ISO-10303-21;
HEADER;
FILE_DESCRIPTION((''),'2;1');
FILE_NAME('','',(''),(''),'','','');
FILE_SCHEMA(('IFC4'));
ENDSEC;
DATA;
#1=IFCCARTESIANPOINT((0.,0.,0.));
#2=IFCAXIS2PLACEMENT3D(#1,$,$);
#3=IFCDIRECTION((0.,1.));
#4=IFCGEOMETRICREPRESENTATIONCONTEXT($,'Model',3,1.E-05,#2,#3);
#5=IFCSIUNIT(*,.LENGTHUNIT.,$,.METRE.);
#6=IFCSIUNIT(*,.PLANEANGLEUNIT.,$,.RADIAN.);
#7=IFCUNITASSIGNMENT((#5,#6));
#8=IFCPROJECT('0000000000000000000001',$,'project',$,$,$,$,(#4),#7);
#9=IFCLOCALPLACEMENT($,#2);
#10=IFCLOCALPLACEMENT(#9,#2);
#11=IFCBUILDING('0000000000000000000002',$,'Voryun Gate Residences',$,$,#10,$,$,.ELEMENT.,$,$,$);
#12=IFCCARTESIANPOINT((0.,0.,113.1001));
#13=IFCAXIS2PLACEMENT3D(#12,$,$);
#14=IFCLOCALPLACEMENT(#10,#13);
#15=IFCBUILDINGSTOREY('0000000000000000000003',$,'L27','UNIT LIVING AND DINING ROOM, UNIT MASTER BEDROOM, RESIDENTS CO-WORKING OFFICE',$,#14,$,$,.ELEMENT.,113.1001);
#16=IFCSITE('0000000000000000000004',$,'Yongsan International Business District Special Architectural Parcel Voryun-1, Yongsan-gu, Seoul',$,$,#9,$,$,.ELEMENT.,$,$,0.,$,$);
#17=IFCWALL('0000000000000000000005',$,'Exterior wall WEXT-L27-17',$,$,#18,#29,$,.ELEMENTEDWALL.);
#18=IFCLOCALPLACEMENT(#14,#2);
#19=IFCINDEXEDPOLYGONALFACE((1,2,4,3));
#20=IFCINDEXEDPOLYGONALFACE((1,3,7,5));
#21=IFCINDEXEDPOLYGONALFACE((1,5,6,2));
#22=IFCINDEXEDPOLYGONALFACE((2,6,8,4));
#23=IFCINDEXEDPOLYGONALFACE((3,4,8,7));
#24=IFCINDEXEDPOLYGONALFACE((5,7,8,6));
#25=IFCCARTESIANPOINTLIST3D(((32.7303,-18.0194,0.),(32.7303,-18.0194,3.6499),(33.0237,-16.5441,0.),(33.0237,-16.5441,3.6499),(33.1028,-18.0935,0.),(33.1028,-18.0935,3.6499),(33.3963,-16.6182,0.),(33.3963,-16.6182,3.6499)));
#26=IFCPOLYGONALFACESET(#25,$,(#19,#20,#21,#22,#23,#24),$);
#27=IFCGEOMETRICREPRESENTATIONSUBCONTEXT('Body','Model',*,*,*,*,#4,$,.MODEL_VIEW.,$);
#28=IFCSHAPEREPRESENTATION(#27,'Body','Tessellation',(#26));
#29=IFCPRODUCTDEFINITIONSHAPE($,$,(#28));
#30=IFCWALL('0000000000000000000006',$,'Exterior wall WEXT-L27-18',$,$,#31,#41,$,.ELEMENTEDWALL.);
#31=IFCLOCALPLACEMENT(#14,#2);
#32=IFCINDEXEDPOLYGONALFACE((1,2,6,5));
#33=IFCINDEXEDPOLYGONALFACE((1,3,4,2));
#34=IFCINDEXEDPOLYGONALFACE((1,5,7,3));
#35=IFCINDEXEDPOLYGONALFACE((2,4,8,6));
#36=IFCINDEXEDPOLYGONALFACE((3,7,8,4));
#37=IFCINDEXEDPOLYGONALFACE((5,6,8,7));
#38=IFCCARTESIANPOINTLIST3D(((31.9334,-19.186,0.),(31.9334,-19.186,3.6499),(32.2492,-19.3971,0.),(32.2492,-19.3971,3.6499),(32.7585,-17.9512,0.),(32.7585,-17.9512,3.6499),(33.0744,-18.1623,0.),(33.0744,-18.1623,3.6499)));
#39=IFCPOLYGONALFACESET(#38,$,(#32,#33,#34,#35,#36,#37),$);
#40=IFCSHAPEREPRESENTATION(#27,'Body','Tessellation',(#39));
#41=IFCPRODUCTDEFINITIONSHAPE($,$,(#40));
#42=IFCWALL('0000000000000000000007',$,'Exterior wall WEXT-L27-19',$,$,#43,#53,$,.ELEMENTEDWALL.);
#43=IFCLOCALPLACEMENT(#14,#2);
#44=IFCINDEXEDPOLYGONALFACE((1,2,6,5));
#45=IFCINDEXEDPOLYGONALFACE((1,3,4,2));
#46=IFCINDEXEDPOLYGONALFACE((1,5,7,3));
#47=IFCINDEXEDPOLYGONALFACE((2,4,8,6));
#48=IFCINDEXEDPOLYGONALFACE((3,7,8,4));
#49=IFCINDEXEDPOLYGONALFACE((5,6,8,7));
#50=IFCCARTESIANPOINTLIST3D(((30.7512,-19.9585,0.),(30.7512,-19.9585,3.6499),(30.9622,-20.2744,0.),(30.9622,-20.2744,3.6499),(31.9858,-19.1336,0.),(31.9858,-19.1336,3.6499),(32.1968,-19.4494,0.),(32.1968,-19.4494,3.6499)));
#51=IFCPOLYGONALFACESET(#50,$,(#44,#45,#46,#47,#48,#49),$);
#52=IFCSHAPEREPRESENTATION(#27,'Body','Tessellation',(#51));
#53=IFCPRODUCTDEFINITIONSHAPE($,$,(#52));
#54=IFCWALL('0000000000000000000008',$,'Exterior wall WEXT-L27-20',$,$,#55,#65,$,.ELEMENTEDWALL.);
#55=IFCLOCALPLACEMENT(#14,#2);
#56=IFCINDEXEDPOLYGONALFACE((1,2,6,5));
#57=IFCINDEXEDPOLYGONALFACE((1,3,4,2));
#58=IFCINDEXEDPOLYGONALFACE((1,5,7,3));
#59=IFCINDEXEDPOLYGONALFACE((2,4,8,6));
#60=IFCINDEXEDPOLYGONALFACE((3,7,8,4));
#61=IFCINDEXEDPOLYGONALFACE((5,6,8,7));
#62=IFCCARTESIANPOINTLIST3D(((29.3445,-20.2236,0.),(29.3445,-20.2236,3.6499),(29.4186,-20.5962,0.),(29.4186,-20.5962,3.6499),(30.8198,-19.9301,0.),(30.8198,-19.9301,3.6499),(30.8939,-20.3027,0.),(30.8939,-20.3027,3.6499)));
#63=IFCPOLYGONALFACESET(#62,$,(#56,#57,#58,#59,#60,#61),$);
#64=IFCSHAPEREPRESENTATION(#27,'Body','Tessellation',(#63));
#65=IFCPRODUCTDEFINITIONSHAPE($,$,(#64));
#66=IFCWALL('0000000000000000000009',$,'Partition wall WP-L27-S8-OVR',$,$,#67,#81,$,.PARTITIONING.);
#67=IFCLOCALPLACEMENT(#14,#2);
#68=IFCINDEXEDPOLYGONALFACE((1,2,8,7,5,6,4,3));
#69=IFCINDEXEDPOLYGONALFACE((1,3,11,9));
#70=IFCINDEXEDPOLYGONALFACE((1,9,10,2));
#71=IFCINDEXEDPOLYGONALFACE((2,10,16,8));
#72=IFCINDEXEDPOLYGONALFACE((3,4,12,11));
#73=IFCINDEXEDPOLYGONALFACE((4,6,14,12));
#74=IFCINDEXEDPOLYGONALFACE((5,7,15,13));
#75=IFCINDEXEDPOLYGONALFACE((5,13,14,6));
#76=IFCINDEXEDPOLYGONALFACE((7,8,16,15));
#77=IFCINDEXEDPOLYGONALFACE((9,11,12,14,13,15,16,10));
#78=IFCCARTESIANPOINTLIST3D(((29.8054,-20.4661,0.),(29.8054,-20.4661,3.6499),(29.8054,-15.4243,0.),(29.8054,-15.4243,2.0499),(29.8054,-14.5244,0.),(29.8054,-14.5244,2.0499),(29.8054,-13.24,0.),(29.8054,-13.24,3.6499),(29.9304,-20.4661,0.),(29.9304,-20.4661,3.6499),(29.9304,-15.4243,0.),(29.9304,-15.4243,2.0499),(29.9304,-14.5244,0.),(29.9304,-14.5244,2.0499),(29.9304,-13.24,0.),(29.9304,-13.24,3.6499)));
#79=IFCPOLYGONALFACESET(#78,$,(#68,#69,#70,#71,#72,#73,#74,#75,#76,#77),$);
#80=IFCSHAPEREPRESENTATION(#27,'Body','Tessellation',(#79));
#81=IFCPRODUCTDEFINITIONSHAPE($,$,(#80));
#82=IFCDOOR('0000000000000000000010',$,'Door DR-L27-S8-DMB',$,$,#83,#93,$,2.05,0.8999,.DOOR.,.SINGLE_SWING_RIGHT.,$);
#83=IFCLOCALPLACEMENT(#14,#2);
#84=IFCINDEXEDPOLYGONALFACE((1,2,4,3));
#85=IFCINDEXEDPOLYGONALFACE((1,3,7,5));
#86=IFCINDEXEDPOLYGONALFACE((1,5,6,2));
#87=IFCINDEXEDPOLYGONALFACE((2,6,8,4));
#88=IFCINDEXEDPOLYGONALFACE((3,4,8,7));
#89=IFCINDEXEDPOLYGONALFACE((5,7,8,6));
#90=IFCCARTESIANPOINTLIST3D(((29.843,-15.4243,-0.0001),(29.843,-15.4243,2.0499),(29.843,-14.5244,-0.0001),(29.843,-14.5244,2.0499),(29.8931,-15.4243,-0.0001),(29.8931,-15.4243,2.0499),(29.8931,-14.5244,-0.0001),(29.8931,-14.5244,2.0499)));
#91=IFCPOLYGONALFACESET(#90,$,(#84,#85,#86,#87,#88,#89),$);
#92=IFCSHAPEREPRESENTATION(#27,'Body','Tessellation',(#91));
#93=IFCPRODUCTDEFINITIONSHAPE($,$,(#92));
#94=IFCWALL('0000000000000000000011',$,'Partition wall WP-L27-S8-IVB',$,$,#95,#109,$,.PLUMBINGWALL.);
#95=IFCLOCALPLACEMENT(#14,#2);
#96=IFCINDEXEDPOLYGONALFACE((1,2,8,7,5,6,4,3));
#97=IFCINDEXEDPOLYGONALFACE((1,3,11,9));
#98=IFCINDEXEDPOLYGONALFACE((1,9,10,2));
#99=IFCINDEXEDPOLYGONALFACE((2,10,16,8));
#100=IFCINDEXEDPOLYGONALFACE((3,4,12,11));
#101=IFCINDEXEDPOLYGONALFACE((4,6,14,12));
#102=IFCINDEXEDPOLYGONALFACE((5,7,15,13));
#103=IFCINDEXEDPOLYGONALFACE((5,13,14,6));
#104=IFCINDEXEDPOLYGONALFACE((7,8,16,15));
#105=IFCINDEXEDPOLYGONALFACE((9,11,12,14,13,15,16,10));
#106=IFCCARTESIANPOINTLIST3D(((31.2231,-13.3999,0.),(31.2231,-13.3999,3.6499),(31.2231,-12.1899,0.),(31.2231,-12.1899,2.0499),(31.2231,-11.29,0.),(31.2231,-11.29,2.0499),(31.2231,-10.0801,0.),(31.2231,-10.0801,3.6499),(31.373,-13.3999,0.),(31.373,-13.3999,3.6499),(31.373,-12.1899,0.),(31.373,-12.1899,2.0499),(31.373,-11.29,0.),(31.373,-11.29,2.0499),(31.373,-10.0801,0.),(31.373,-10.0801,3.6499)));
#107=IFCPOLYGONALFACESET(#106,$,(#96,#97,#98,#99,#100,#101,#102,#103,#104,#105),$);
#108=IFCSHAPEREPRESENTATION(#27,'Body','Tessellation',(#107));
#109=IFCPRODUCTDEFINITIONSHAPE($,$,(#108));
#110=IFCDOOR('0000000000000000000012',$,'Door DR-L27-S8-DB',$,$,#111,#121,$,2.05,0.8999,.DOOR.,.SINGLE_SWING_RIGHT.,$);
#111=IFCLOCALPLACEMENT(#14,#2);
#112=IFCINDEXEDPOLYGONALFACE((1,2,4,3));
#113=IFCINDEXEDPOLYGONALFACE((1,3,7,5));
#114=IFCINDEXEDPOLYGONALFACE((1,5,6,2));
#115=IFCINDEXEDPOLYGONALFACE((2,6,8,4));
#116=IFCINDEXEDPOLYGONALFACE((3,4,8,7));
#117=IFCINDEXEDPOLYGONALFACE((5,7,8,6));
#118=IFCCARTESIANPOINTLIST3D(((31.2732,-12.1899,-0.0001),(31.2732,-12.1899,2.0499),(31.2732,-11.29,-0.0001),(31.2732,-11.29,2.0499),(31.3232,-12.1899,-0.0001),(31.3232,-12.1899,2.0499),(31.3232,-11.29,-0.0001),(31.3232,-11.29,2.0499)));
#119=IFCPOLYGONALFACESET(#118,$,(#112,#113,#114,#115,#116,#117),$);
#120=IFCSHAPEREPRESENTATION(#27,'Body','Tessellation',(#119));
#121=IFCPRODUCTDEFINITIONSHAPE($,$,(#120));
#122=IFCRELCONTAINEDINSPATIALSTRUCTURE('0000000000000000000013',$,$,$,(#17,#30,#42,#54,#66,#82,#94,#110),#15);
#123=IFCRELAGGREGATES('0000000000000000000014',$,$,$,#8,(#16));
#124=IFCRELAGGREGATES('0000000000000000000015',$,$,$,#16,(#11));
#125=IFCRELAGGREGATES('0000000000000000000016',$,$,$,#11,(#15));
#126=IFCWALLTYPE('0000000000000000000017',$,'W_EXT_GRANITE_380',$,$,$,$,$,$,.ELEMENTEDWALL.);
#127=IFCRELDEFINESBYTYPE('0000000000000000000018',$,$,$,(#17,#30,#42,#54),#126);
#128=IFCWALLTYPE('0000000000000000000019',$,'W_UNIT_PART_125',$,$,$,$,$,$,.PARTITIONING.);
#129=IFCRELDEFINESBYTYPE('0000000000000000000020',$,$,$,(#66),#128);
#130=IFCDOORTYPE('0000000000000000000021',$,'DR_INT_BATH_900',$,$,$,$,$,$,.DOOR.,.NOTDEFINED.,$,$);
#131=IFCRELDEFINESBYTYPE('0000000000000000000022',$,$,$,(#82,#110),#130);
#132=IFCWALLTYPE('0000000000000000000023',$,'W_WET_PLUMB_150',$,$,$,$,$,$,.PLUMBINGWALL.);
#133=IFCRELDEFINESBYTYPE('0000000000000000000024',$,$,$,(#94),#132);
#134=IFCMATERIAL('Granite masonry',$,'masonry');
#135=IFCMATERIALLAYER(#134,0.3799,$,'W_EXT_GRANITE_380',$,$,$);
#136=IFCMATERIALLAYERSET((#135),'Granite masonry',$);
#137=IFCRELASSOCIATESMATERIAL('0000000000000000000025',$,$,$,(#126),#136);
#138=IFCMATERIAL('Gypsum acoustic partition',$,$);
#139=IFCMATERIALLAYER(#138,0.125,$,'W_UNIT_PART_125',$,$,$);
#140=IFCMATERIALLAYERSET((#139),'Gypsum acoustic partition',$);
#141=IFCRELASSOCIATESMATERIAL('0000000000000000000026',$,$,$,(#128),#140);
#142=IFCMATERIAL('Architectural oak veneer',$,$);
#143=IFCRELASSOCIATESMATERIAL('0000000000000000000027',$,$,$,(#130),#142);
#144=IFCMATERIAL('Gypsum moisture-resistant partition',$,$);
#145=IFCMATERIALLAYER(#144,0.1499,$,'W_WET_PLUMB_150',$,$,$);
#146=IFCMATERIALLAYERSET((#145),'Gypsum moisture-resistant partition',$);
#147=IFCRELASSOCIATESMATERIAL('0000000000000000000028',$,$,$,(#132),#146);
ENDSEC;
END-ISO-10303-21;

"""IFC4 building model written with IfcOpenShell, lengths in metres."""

from ifc_helpers import new_model, si_unit, direction, frame, frame_2d, origin, place, context, subcontext, project, spatial, rectangle, extrude, material, layer, layer_set, type_object, element, fill, save


model = new_model("IFC4")

# Units and contexts
model_context = context("Model", 3, precision=1e-05, world=origin(), true_north=direction((0.0, 1.0)))
body_context = subcontext(model_context, "Body", "Model", "MODEL_VIEW")
ifc_project = project(units=[si_unit("LENGTHUNIT", "METRE"), si_unit("PLANEANGLEUNIT", "RADIAN")], contexts=[model_context])

# Site, building, storey
site_placement = place(None, origin())
site = spatial("IfcSite", under=ifc_project, at=site_placement, Name="Yongsan International Business District Special Architectural Parcel Voryun-1, Yongsan-gu, Seoul", CompositionType="ELEMENT", RefElevation=0.0)
building_placement = place(site_placement, origin())
building = spatial("IfcBuilding", under=site, at=building_placement, Name="Voryun Gate Residences", CompositionType="ELEMENT")
storey_placement = place(building_placement, frame((0.0, 0.0, 113.1001)))
storey = spatial("IfcBuildingStorey", under=building, at=storey_placement, Name="L27", Description="UNIT LIVING AND DINING ROOM, UNIT MASTER BEDROOM, RESIDENTS CO-WORKING OFFICE", CompositionType="ELEMENT", Elevation=113.1001)

# Walls
ifc_material_1 = material(Name="Granite masonry", Category="masonry")
ifc_layer_1 = layer(ifc_material_1, 0.3799, Name="W_EXT_GRANITE_380")
ifc_layer_set_1 = layer_set([ifc_layer_1], Name="Granite masonry")
wall_type_1 = type_object("IfcWallType", Name="W_EXT_GRANITE_380", PredefinedType="ELEMENTEDWALL", material=ifc_layer_set_1)
wall_1_placement = place(storey_placement, frame((33.21, -16.5813, 0.0), z_axis=(0.0, 0.0, 1.0), x_axis=(-0.195086, -0.980786, 0.0)))
element("IfcWall", 1, at=wall_1_placement, inside=storey, type_object=wall_type_1, Name="Exterior wall WEXT-L27-17", PredefinedType="ELEMENTEDWALL", context=body_context, shape_type="SweptSolid", body=[
    extrude(rectangle(XDim=1.5042, YDim=0.3799, at=frame_2d((0.752, 0.0))), origin(), (0.0, 0.0, 1.0), 3.6499),
])
wall_2_placement = place(storey_placement, frame((32.9165, -18.0566, 0.0), z_axis=(0.0, 0.0, 1.0), x_axis=(-0.55561, -0.831443, 0.0)))
element("IfcWall", 2, at=wall_2_placement, inside=storey, type_object=wall_type_1, Name="Exterior wall WEXT-L27-18", PredefinedType="ELEMENTEDWALL", context=body_context, shape_type="SweptSolid", body=[
    extrude(rectangle(XDim=1.4851, YDim=0.3799, at=frame_2d((0.7427, 0.0))), origin(), (0.0, 0.0, 1.0), 3.6499),
])
wall_3_placement = place(storey_placement, frame((32.0913, -19.2915, 0.0), z_axis=(0.0, 0.0, 1.0), x_axis=(-0.831468, -0.555573, 0.0)))
element("IfcWall", 3, at=wall_3_placement, inside=storey, type_object=wall_type_1, Name="Exterior wall WEXT-L27-19", PredefinedType="ELEMENTEDWALL", context=body_context, shape_type="SweptSolid", body=[
    extrude(rectangle(XDim=1.4849, YDim=0.3799, at=frame_2d((0.7424, 0.0))), origin(), (0.0, 0.0, 1.0), 3.6499),
])
wall_4_placement = place(storey_placement, frame((30.8567, -20.1165, 0.0), z_axis=(0.0, 0.0, 1.0), x_axis=(-0.980786, -0.195086, 0.0)))
element("IfcWall", 4, at=wall_4_placement, inside=storey, type_object=wall_type_1, Name="Exterior wall WEXT-L27-20", PredefinedType="ELEMENTEDWALL", context=body_context, shape_type="SweptSolid", body=[
    extrude(rectangle(XDim=1.5042, YDim=0.3799, at=frame_2d((0.752, 0.0))), origin(), (0.0, 0.0, 1.0), 3.6499),
])

# Walls, openings, doors
ifc_material_2 = material(Name="Gypsum acoustic partition")
ifc_layer_2 = layer(ifc_material_2, 0.125, Name="W_UNIT_PART_125")
ifc_layer_set_2 = layer_set([ifc_layer_2], Name="Gypsum acoustic partition")
wall_type_2 = type_object("IfcWallType", Name="W_UNIT_PART_125", PredefinedType="PARTITIONING", material=ifc_layer_set_2)
wall_5_placement = place(storey_placement, frame((29.8679, -20.4661, 0.0), z_axis=(0.0, 0.0, 1.0), x_axis=(0.0, 1.0, 0.0)))
wall_5 = element("IfcWall", 5, at=wall_5_placement, inside=storey, type_object=wall_type_2, Name="Partition wall WP-L27-S8-OVR", PredefinedType="PARTITIONING", context=body_context, shape_type="SweptSolid", body=[
    extrude(rectangle(XDim=7.2261, YDim=0.125, at=frame_2d((3.613, 0.0))), origin(), (0.0, 0.0, 1.0), 3.6499),
])
opening_1_placement = place(wall_5_placement, frame((5.0417, 0.0, 0.0)))
opening_1 = element("IfcOpeningElement", 6, at=opening_1_placement, cuts=wall_5, PredefinedType="OPENING", context=body_context, shape_type="SweptSolid", body=[
    extrude(rectangle(XDim=0.8999, YDim=2.05, at=frame_2d((0.45, 1.0249))), frame((0.0, 0.0725, 0.0), z_axis=(0.0, -1.0, 0.0), x_axis=(1.0, 0.0, 0.0)), (0.0, 0.0, 1.0), 0.145),
])
ifc_material_3 = material(Name="Architectural oak veneer")
door_type = type_object("IfcDoorType", Name="DR_INT_BATH_900", OperationType="NOTDEFINED", PredefinedType="DOOR", material=ifc_material_3)
door_1_placement = place(opening_1_placement, origin())
door_1 = element("IfcDoor", 7, at=door_1_placement, inside=storey, type_object=door_type, Name="Door DR-L27-S8-DMB", OperationType="SINGLE_SWING_RIGHT", OverallHeight=2.05, OverallWidth=0.8999, PredefinedType="DOOR", context=body_context, shape_type="SweptSolid", body=[
    extrude(rectangle(XDim=0.8999, YDim=2.05, at=frame_2d((0.45, 1.0249))), frame((0.0, 0.0249, 0.0), z_axis=(0.0, -1.0, 0.0), x_axis=(1.0, 0.0, 0.0)), (0.0, 0.0, 1.0), 0.05),
])
fill(opening_1, door_1)
ifc_material_4 = material(Name="Gypsum moisture-resistant partition")
ifc_layer_3 = layer(ifc_material_4, 0.1499, Name="W_WET_PLUMB_150")
ifc_layer_set_3 = layer_set([ifc_layer_3], Name="Gypsum moisture-resistant partition")
wall_type_3 = type_object("IfcWallType", Name="W_WET_PLUMB_150", PredefinedType="PLUMBINGWALL", material=ifc_layer_set_3)
wall_6_placement = place(storey_placement, frame((31.2981, -13.3999, 0.0), z_axis=(0.0, 0.0, 1.0), x_axis=(0.0, 1.0, 0.0)))
wall_6 = element("IfcWall", 8, at=wall_6_placement, inside=storey, type_object=wall_type_3, Name="Partition wall WP-L27-S8-IVB", PredefinedType="PLUMBINGWALL", context=body_context, shape_type="SweptSolid", body=[
    extrude(rectangle(XDim=3.3198, YDim=0.1499, at=frame_2d((1.6599, 0.0))), origin(), (0.0, 0.0, 1.0), 3.6499),
])
opening_2_placement = place(wall_6_placement, frame((1.21, 0.0, 0.0)))
opening_2 = element("IfcOpeningElement", 9, at=opening_2_placement, cuts=wall_6, PredefinedType="OPENING", context=body_context, shape_type="SweptSolid", body=[
    extrude(rectangle(XDim=0.8999, YDim=2.05, at=frame_2d((0.45, 1.0249))), frame((0.0, 0.085, 0.0), z_axis=(0.0, -1.0, 0.0), x_axis=(1.0, 0.0, 0.0)), (0.0, 0.0, 1.0), 0.1699),
])
door_2_placement = place(opening_2_placement, origin())
door_2 = element("IfcDoor", 10, at=door_2_placement, inside=storey, type_object=door_type, Name="Door DR-L27-S8-DB", OperationType="SINGLE_SWING_RIGHT", OverallHeight=2.05, OverallWidth=0.8999, PredefinedType="DOOR", context=body_context, shape_type="SweptSolid", body=[
    extrude(rectangle(XDim=0.8999, YDim=2.05, at=frame_2d((0.45, 1.0249))), frame((0.0, 0.0249, 0.0), z_axis=(0.0, -1.0, 0.0), x_axis=(1.0, 0.0, 0.0)), (0.0, 0.0, 1.0), 0.05),
])
fill(opening_2, door_2)

save(model, "model.ifc")
